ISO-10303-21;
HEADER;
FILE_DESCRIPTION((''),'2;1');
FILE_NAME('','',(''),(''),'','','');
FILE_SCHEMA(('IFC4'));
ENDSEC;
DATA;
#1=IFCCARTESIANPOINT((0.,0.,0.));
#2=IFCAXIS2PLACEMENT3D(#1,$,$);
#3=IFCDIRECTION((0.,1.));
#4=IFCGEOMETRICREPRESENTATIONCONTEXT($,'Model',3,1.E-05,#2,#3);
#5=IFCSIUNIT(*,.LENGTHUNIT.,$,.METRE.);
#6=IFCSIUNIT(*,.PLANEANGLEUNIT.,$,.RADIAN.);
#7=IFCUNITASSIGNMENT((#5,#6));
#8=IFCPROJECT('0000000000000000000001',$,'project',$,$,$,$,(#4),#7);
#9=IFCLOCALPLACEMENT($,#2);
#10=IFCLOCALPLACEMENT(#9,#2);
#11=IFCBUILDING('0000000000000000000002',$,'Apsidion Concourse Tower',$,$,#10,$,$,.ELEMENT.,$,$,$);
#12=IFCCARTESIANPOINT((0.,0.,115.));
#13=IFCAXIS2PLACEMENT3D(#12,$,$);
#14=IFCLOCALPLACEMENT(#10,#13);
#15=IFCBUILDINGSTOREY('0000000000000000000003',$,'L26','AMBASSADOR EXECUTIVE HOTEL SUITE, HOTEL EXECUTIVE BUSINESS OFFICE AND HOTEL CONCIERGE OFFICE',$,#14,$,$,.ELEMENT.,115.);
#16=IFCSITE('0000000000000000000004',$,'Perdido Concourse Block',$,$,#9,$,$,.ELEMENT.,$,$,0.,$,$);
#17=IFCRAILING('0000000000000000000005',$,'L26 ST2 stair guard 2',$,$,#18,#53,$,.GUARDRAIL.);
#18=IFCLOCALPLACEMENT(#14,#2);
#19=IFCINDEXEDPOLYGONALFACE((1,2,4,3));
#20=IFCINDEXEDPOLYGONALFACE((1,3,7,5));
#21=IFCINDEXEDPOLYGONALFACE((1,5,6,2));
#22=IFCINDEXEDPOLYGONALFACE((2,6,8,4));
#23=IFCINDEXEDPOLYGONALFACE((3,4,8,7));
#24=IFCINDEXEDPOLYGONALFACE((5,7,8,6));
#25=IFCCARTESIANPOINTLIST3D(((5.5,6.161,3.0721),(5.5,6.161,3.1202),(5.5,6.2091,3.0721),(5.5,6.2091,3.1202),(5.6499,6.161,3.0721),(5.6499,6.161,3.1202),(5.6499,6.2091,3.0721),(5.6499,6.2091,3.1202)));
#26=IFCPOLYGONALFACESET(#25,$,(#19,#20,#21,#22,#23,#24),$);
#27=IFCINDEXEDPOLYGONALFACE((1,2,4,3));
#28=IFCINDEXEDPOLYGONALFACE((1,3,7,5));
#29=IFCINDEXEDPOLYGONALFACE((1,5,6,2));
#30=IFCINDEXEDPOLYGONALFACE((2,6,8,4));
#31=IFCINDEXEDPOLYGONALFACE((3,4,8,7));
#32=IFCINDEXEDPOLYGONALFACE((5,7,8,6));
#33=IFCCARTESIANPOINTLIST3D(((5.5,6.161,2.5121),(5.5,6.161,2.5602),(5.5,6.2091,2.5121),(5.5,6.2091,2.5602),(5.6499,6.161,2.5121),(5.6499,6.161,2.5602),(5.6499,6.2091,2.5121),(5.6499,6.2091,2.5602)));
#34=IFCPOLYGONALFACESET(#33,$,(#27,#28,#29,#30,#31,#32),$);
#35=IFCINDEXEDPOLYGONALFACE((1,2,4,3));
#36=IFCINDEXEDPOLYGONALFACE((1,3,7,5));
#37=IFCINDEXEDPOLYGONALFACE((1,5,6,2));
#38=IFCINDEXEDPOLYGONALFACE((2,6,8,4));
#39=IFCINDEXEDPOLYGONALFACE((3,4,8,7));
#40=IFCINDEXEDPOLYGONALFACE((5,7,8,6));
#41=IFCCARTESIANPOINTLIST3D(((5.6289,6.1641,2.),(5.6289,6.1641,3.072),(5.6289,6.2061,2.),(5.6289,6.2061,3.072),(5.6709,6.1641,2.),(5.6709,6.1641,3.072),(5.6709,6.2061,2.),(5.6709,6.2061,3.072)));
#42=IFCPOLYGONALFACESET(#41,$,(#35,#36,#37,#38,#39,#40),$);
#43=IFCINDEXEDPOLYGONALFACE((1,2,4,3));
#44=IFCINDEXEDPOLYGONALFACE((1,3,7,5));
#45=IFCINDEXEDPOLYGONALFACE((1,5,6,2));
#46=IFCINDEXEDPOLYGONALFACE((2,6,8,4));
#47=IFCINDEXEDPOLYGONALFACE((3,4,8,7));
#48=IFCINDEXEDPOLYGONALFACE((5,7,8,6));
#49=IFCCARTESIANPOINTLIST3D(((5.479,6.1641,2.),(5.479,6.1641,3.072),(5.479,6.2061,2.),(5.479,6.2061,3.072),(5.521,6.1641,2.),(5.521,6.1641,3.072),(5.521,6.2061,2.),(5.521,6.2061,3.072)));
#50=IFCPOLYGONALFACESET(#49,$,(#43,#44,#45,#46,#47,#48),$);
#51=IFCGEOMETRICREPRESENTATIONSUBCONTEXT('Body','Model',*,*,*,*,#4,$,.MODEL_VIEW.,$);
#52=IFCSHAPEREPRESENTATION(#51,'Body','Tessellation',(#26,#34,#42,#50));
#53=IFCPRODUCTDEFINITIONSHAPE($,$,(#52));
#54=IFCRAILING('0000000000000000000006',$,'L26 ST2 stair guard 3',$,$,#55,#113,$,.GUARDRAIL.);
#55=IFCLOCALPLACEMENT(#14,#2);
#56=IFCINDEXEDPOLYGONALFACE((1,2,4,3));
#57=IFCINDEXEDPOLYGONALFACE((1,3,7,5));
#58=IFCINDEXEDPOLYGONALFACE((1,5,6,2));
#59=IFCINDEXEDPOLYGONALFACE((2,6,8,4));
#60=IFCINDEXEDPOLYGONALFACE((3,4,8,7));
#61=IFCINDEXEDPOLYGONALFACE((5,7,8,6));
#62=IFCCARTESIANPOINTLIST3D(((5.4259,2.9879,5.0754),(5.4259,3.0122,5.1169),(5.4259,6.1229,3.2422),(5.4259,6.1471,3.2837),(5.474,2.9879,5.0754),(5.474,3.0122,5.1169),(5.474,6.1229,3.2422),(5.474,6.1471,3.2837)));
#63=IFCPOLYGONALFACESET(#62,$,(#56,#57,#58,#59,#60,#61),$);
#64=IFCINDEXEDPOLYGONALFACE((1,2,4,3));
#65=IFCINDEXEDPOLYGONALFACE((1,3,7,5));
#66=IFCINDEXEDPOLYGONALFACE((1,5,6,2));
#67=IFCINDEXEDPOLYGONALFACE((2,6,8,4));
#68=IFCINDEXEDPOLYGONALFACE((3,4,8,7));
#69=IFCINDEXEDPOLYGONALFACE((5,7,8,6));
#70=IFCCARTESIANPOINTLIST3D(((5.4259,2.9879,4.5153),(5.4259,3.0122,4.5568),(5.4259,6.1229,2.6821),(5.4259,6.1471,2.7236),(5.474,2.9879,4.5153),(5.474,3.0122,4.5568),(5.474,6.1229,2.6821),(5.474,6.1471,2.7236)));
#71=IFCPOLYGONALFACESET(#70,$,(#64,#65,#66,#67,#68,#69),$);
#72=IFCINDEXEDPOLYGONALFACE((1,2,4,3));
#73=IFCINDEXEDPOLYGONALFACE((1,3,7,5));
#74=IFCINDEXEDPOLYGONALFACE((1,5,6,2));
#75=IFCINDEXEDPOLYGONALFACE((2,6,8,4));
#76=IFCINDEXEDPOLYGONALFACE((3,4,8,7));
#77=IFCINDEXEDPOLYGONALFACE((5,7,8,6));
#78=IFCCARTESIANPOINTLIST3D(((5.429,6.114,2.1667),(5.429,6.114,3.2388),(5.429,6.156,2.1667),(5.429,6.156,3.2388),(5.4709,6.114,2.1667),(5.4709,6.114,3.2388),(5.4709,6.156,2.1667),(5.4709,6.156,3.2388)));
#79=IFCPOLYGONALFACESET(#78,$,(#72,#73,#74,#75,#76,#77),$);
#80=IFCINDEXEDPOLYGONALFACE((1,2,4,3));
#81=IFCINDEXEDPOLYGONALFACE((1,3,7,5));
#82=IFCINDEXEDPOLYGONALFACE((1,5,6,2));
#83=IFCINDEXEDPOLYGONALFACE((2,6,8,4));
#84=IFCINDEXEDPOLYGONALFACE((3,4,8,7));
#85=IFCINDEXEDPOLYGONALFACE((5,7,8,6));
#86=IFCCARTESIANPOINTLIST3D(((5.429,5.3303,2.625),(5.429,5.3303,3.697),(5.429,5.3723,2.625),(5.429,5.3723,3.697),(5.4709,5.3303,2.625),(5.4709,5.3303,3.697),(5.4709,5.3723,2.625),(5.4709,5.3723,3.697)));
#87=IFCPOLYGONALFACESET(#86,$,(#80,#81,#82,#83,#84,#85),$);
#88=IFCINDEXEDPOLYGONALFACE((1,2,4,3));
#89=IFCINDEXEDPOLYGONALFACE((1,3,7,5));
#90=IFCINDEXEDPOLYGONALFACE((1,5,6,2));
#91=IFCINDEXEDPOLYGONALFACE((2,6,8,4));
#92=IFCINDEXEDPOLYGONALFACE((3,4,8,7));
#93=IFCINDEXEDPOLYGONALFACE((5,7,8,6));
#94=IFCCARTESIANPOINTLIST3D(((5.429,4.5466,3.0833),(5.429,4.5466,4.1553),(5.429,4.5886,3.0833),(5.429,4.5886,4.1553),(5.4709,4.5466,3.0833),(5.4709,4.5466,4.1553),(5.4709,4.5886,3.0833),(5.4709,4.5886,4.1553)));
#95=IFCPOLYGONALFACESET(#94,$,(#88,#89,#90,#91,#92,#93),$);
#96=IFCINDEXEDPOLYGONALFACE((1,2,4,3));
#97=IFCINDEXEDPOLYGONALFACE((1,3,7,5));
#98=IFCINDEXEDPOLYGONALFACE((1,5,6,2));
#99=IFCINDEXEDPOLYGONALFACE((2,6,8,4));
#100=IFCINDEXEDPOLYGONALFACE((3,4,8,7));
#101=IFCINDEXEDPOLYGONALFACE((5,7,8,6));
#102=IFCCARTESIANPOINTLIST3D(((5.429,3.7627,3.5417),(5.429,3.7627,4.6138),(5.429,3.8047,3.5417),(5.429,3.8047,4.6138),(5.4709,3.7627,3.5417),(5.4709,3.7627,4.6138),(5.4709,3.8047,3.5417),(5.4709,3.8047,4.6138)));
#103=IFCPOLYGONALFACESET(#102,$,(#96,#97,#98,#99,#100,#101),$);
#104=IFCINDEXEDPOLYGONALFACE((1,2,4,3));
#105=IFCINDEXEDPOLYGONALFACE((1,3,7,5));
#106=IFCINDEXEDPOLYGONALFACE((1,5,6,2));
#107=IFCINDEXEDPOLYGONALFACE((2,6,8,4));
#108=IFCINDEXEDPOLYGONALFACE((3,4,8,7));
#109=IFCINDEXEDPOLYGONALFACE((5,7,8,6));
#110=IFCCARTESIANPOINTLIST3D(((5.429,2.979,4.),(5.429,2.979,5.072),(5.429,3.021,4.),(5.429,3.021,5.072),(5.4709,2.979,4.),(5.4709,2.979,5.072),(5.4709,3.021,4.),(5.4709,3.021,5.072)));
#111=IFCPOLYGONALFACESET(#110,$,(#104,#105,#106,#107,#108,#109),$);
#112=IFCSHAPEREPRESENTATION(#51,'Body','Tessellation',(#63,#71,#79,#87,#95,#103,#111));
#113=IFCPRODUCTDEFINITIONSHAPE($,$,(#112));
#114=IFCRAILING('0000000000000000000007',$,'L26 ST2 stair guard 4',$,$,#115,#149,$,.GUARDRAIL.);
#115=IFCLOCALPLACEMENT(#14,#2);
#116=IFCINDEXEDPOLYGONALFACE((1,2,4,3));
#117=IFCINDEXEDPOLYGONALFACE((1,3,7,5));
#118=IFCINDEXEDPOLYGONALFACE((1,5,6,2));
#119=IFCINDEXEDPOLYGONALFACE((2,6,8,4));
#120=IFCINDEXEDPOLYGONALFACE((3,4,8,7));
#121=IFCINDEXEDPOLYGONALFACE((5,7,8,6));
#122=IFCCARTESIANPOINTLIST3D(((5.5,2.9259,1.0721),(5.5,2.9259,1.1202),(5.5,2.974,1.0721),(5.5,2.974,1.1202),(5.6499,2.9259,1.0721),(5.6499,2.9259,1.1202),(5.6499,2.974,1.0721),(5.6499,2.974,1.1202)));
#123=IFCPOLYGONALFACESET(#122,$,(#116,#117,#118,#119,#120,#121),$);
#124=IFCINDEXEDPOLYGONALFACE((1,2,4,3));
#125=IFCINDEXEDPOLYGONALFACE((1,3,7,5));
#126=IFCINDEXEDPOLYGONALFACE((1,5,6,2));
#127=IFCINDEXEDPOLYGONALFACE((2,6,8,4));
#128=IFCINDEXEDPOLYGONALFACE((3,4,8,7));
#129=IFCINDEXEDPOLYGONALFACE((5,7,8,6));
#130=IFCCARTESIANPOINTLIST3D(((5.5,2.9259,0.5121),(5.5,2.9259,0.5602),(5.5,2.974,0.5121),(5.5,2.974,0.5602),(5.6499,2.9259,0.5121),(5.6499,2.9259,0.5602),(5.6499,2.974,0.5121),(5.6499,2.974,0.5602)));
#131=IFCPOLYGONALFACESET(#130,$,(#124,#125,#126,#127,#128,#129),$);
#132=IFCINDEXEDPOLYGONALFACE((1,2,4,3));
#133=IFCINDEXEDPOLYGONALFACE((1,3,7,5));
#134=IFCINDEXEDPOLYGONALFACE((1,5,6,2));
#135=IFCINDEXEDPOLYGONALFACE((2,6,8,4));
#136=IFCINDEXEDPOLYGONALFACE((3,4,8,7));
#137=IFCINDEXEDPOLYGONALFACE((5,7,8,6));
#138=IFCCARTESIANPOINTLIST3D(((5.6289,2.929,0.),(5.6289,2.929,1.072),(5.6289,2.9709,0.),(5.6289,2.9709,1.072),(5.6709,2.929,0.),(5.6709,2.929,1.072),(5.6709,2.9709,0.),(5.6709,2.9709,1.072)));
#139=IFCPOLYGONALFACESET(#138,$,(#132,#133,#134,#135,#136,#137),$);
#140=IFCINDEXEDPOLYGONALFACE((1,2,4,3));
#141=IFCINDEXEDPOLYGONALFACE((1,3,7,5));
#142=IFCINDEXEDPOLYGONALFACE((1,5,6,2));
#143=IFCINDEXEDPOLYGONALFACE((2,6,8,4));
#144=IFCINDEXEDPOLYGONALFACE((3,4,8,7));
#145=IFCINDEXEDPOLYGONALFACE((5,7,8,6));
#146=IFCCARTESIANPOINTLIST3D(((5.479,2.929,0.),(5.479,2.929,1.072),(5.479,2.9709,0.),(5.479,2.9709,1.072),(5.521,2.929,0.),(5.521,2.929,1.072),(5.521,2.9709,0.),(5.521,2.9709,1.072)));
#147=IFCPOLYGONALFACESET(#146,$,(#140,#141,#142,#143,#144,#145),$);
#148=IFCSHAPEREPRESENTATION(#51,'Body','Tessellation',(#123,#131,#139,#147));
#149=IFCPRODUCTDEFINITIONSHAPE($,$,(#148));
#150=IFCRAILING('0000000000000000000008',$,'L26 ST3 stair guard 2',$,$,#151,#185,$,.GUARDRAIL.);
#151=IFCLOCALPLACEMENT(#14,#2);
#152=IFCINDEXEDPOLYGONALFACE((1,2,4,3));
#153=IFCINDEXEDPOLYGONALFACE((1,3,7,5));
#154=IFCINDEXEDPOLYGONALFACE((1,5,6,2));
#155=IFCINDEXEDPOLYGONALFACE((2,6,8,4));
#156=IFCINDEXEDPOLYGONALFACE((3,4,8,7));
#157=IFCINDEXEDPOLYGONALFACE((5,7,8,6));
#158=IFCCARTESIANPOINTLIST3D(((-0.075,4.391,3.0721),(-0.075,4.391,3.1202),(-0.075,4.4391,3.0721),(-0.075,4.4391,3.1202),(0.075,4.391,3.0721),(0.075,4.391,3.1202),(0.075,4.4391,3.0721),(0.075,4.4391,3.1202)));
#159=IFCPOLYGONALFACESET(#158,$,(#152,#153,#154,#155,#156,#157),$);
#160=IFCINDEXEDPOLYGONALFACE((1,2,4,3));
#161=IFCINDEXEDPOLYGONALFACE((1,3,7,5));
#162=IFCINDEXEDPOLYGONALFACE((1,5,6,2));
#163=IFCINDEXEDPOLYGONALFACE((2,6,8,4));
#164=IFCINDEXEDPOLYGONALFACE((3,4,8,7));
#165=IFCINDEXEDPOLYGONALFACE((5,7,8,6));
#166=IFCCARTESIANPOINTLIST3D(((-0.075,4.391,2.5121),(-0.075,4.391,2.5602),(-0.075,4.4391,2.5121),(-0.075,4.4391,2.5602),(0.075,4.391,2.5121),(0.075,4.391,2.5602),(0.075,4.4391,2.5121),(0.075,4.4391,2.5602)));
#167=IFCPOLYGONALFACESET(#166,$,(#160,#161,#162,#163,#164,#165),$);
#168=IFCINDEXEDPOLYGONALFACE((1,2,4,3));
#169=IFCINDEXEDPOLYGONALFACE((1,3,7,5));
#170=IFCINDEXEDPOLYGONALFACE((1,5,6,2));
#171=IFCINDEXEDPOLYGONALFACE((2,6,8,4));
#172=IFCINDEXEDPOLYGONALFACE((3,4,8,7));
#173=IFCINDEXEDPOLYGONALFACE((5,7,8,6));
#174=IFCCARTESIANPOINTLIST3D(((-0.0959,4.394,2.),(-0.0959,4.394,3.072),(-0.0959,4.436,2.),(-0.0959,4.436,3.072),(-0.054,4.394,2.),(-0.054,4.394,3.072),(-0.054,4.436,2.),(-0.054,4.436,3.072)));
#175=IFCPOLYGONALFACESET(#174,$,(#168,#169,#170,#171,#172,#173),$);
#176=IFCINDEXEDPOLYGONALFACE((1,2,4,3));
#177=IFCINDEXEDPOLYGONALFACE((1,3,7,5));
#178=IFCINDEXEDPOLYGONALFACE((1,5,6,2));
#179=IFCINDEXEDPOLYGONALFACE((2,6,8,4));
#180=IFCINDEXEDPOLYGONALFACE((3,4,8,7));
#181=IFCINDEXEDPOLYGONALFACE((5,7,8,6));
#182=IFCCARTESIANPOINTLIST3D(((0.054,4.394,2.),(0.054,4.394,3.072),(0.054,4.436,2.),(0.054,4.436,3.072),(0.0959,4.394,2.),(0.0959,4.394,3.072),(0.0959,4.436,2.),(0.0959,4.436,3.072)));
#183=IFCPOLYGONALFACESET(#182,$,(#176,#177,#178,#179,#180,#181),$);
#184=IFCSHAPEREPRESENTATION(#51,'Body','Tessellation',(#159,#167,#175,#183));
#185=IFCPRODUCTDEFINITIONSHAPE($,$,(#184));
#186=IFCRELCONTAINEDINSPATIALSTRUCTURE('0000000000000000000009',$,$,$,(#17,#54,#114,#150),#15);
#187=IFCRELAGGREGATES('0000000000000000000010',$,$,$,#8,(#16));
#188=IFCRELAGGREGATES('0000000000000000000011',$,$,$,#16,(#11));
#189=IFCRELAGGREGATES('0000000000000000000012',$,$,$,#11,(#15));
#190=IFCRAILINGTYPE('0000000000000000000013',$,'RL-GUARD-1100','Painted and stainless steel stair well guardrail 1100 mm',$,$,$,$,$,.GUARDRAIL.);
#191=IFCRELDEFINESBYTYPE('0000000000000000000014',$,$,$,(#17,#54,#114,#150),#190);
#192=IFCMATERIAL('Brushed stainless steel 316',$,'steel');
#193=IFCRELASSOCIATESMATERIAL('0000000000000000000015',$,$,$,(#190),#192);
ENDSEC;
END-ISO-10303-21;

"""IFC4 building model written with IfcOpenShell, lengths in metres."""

from ifc_helpers import new_model, si_unit, direction, frame, origin, origin_2d, place, context, subcontext, project, spatial, rectangle, extrude, material, type_object, element, save


model = new_model("IFC4")

# Units and contexts
model_context = context("Model", 3, precision=1e-05, world=origin(), true_north=direction((0.0, 1.0)))
body_context = subcontext(model_context, "Body", "Model", "MODEL_VIEW")
ifc_project = project(units=[si_unit("LENGTHUNIT", "METRE"), si_unit("PLANEANGLEUNIT", "RADIAN")], contexts=[model_context])

# Site, building, storey
site_placement = place(None, origin())
site = spatial("IfcSite", under=ifc_project, at=site_placement, Name="Perdido Concourse Block", CompositionType="ELEMENT", RefElevation=0.0)
building_placement = place(site_placement, origin())
building = spatial("IfcBuilding", under=site, at=building_placement, Name="Apsidion Concourse Tower", CompositionType="ELEMENT")
storey_placement = place(building_placement, frame((0.0, 0.0, 115.0)))
storey = spatial("IfcBuildingStorey", under=building, at=storey_placement, Name="L26", Description="AMBASSADOR EXECUTIVE HOTEL SUITE, HOTEL EXECUTIVE BUSINESS OFFICE AND HOTEL CONCIERGE OFFICE", CompositionType="ELEMENT", Elevation=115.0)

# Railings
ifc_material_1 = material(Name="Brushed stainless steel 316", Category="steel")
railing_type_1 = type_object("IfcRailingType", Name="RL-GUARD-1100", Description="Painted and stainless steel stair well guardrail 1100 mm", PredefinedType="GUARDRAIL", material=ifc_material_1)
railing_1_placement = place(storey_placement, frame((5.6499, 6.1851, 2.0)))
element("IfcRailing", 1, at=railing_1_placement, inside=storey, type_object=railing_type_1, Name="L26 ST2 stair guard 2", PredefinedType="GUARDRAIL", context=body_context, shape_type="SweptSolid", body=[
    extrude(rectangle(XDim=0.0481, YDim=0.0481, at=origin_2d()), frame((0.0, 0.0, 1.0962), z_axis=(-1.0, 0.0, 0.0), x_axis=(0.0, -1.0, 0.0)), (0.0, 0.0, 1.0), 0.1499),
    extrude(rectangle(XDim=0.0481, YDim=0.0481, at=origin_2d()), frame((0.0, 0.0, 0.5361), z_axis=(-1.0, 0.0, 0.0), x_axis=(0.0, -1.0, 0.0)), (0.0, 0.0, 1.0), 0.1499),
    extrude(rectangle(XDim=0.042, YDim=0.042, at=origin_2d()), origin(), (0.0, 0.0, 1.0), 1.072),
    extrude(rectangle(XDim=0.042, YDim=0.042, at=origin_2d()), frame((-0.1499, 0.0, 0.0)), (0.0, 0.0, 1.0), 1.072),
])
railing_2_placement = place(storey_placement, frame((5.45, 6.135, 2.1667)))
element("IfcRailing", 2, at=railing_2_placement, inside=storey, type_object=railing_type_1, Name="L26 ST2 stair guard 3", PredefinedType="GUARDRAIL", context=body_context, shape_type="SweptSolid", body=[
    extrude(rectangle(XDim=0.0481, YDim=0.0481, at=origin_2d()), frame((0.0, 0.0, 1.0962), z_axis=(0.0, -0.86324, 0.504794), x_axis=(1.0, 0.0, 0.0)), (0.0, 0.0, 1.0), 3.6316),
    extrude(rectangle(XDim=0.0481, YDim=0.0481, at=origin_2d()), frame((0.0, 0.0, 0.5361), z_axis=(0.0, -0.86324, 0.504794), x_axis=(1.0, 0.0, 0.0)), (0.0, 0.0, 1.0), 3.6316),
    extrude(rectangle(XDim=0.042, YDim=0.042, at=origin_2d()), origin(), (0.0, 0.0, 1.0), 1.072),
    extrude(rectangle(XDim=0.042, YDim=0.042, at=origin_2d()), frame((0.0, -0.7837, 0.4583)), (0.0, 0.0, 1.0), 1.072),
    extrude(rectangle(XDim=0.042, YDim=0.042, at=origin_2d()), frame((0.0, -1.5674, 0.9165)), (0.0, 0.0, 1.0), 1.072),
    extrude(rectangle(XDim=0.042, YDim=0.042, at=origin_2d()), frame((0.0, -2.3513, 1.375)), (0.0, 0.0, 1.0), 1.072),
    extrude(rectangle(XDim=0.042, YDim=0.042, at=origin_2d()), frame((0.0, -3.135, 1.8333)), (0.0, 0.0, 1.0), 1.072),
])
railing_3_placement = place(storey_placement, frame((5.6499, 2.95, 0.0)))
element("IfcRailing", 3, at=railing_3_placement, inside=storey, type_object=railing_type_1, Name="L26 ST2 stair guard 4", PredefinedType="GUARDRAIL", context=body_context, shape_type="SweptSolid", body=[
    extrude(rectangle(XDim=0.0481, YDim=0.0481, at=origin_2d()), frame((0.0, 0.0, 1.0962), z_axis=(-1.0, 0.0, 0.0), x_axis=(0.0, -1.0, 0.0)), (0.0, 0.0, 1.0), 0.1499),
    extrude(rectangle(XDim=0.0481, YDim=0.0481, at=origin_2d()), frame((0.0, 0.0, 0.5361), z_axis=(-1.0, 0.0, 0.0), x_axis=(0.0, -1.0, 0.0)), (0.0, 0.0, 1.0), 0.1499),
    extrude(rectangle(XDim=0.042, YDim=0.042, at=origin_2d()), origin(), (0.0, 0.0, 1.0), 1.072),
    extrude(rectangle(XDim=0.042, YDim=0.042, at=origin_2d()), frame((-0.1499, 0.0, 0.0)), (0.0, 0.0, 1.0), 1.072),
])
railing_4_placement = place(storey_placement, frame((-0.075, 4.415, 2.0)))
element("IfcRailing", 4, at=railing_4_placement, inside=storey, type_object=railing_type_1, Name="L26 ST3 stair guard 2", PredefinedType="GUARDRAIL", context=body_context, shape_type="SweptSolid", body=[
    extrude(rectangle(XDim=0.0481, YDim=0.0481, at=origin_2d()), frame((0.0, 0.0, 1.0962), z_axis=(1.0, 0.0, 0.0), x_axis=(0.0, 1.0, 0.0)), (0.0, 0.0, 1.0), 0.1499),
    extrude(rectangle(XDim=0.0481, YDim=0.0481, at=origin_2d()), frame((0.0, 0.0, 0.5361), z_axis=(1.0, 0.0, 0.0), x_axis=(0.0, 1.0, 0.0)), (0.0, 0.0, 1.0), 0.1499),
    extrude(rectangle(XDim=0.042, YDim=0.042, at=origin_2d()), origin(), (0.0, 0.0, 1.0), 1.072),
    extrude(rectangle(XDim=0.042, YDim=0.042, at=origin_2d()), frame((0.1499, 0.0, 0.0)), (0.0, 0.0, 1.0), 1.072),
])

save(model, "model.ifc")
